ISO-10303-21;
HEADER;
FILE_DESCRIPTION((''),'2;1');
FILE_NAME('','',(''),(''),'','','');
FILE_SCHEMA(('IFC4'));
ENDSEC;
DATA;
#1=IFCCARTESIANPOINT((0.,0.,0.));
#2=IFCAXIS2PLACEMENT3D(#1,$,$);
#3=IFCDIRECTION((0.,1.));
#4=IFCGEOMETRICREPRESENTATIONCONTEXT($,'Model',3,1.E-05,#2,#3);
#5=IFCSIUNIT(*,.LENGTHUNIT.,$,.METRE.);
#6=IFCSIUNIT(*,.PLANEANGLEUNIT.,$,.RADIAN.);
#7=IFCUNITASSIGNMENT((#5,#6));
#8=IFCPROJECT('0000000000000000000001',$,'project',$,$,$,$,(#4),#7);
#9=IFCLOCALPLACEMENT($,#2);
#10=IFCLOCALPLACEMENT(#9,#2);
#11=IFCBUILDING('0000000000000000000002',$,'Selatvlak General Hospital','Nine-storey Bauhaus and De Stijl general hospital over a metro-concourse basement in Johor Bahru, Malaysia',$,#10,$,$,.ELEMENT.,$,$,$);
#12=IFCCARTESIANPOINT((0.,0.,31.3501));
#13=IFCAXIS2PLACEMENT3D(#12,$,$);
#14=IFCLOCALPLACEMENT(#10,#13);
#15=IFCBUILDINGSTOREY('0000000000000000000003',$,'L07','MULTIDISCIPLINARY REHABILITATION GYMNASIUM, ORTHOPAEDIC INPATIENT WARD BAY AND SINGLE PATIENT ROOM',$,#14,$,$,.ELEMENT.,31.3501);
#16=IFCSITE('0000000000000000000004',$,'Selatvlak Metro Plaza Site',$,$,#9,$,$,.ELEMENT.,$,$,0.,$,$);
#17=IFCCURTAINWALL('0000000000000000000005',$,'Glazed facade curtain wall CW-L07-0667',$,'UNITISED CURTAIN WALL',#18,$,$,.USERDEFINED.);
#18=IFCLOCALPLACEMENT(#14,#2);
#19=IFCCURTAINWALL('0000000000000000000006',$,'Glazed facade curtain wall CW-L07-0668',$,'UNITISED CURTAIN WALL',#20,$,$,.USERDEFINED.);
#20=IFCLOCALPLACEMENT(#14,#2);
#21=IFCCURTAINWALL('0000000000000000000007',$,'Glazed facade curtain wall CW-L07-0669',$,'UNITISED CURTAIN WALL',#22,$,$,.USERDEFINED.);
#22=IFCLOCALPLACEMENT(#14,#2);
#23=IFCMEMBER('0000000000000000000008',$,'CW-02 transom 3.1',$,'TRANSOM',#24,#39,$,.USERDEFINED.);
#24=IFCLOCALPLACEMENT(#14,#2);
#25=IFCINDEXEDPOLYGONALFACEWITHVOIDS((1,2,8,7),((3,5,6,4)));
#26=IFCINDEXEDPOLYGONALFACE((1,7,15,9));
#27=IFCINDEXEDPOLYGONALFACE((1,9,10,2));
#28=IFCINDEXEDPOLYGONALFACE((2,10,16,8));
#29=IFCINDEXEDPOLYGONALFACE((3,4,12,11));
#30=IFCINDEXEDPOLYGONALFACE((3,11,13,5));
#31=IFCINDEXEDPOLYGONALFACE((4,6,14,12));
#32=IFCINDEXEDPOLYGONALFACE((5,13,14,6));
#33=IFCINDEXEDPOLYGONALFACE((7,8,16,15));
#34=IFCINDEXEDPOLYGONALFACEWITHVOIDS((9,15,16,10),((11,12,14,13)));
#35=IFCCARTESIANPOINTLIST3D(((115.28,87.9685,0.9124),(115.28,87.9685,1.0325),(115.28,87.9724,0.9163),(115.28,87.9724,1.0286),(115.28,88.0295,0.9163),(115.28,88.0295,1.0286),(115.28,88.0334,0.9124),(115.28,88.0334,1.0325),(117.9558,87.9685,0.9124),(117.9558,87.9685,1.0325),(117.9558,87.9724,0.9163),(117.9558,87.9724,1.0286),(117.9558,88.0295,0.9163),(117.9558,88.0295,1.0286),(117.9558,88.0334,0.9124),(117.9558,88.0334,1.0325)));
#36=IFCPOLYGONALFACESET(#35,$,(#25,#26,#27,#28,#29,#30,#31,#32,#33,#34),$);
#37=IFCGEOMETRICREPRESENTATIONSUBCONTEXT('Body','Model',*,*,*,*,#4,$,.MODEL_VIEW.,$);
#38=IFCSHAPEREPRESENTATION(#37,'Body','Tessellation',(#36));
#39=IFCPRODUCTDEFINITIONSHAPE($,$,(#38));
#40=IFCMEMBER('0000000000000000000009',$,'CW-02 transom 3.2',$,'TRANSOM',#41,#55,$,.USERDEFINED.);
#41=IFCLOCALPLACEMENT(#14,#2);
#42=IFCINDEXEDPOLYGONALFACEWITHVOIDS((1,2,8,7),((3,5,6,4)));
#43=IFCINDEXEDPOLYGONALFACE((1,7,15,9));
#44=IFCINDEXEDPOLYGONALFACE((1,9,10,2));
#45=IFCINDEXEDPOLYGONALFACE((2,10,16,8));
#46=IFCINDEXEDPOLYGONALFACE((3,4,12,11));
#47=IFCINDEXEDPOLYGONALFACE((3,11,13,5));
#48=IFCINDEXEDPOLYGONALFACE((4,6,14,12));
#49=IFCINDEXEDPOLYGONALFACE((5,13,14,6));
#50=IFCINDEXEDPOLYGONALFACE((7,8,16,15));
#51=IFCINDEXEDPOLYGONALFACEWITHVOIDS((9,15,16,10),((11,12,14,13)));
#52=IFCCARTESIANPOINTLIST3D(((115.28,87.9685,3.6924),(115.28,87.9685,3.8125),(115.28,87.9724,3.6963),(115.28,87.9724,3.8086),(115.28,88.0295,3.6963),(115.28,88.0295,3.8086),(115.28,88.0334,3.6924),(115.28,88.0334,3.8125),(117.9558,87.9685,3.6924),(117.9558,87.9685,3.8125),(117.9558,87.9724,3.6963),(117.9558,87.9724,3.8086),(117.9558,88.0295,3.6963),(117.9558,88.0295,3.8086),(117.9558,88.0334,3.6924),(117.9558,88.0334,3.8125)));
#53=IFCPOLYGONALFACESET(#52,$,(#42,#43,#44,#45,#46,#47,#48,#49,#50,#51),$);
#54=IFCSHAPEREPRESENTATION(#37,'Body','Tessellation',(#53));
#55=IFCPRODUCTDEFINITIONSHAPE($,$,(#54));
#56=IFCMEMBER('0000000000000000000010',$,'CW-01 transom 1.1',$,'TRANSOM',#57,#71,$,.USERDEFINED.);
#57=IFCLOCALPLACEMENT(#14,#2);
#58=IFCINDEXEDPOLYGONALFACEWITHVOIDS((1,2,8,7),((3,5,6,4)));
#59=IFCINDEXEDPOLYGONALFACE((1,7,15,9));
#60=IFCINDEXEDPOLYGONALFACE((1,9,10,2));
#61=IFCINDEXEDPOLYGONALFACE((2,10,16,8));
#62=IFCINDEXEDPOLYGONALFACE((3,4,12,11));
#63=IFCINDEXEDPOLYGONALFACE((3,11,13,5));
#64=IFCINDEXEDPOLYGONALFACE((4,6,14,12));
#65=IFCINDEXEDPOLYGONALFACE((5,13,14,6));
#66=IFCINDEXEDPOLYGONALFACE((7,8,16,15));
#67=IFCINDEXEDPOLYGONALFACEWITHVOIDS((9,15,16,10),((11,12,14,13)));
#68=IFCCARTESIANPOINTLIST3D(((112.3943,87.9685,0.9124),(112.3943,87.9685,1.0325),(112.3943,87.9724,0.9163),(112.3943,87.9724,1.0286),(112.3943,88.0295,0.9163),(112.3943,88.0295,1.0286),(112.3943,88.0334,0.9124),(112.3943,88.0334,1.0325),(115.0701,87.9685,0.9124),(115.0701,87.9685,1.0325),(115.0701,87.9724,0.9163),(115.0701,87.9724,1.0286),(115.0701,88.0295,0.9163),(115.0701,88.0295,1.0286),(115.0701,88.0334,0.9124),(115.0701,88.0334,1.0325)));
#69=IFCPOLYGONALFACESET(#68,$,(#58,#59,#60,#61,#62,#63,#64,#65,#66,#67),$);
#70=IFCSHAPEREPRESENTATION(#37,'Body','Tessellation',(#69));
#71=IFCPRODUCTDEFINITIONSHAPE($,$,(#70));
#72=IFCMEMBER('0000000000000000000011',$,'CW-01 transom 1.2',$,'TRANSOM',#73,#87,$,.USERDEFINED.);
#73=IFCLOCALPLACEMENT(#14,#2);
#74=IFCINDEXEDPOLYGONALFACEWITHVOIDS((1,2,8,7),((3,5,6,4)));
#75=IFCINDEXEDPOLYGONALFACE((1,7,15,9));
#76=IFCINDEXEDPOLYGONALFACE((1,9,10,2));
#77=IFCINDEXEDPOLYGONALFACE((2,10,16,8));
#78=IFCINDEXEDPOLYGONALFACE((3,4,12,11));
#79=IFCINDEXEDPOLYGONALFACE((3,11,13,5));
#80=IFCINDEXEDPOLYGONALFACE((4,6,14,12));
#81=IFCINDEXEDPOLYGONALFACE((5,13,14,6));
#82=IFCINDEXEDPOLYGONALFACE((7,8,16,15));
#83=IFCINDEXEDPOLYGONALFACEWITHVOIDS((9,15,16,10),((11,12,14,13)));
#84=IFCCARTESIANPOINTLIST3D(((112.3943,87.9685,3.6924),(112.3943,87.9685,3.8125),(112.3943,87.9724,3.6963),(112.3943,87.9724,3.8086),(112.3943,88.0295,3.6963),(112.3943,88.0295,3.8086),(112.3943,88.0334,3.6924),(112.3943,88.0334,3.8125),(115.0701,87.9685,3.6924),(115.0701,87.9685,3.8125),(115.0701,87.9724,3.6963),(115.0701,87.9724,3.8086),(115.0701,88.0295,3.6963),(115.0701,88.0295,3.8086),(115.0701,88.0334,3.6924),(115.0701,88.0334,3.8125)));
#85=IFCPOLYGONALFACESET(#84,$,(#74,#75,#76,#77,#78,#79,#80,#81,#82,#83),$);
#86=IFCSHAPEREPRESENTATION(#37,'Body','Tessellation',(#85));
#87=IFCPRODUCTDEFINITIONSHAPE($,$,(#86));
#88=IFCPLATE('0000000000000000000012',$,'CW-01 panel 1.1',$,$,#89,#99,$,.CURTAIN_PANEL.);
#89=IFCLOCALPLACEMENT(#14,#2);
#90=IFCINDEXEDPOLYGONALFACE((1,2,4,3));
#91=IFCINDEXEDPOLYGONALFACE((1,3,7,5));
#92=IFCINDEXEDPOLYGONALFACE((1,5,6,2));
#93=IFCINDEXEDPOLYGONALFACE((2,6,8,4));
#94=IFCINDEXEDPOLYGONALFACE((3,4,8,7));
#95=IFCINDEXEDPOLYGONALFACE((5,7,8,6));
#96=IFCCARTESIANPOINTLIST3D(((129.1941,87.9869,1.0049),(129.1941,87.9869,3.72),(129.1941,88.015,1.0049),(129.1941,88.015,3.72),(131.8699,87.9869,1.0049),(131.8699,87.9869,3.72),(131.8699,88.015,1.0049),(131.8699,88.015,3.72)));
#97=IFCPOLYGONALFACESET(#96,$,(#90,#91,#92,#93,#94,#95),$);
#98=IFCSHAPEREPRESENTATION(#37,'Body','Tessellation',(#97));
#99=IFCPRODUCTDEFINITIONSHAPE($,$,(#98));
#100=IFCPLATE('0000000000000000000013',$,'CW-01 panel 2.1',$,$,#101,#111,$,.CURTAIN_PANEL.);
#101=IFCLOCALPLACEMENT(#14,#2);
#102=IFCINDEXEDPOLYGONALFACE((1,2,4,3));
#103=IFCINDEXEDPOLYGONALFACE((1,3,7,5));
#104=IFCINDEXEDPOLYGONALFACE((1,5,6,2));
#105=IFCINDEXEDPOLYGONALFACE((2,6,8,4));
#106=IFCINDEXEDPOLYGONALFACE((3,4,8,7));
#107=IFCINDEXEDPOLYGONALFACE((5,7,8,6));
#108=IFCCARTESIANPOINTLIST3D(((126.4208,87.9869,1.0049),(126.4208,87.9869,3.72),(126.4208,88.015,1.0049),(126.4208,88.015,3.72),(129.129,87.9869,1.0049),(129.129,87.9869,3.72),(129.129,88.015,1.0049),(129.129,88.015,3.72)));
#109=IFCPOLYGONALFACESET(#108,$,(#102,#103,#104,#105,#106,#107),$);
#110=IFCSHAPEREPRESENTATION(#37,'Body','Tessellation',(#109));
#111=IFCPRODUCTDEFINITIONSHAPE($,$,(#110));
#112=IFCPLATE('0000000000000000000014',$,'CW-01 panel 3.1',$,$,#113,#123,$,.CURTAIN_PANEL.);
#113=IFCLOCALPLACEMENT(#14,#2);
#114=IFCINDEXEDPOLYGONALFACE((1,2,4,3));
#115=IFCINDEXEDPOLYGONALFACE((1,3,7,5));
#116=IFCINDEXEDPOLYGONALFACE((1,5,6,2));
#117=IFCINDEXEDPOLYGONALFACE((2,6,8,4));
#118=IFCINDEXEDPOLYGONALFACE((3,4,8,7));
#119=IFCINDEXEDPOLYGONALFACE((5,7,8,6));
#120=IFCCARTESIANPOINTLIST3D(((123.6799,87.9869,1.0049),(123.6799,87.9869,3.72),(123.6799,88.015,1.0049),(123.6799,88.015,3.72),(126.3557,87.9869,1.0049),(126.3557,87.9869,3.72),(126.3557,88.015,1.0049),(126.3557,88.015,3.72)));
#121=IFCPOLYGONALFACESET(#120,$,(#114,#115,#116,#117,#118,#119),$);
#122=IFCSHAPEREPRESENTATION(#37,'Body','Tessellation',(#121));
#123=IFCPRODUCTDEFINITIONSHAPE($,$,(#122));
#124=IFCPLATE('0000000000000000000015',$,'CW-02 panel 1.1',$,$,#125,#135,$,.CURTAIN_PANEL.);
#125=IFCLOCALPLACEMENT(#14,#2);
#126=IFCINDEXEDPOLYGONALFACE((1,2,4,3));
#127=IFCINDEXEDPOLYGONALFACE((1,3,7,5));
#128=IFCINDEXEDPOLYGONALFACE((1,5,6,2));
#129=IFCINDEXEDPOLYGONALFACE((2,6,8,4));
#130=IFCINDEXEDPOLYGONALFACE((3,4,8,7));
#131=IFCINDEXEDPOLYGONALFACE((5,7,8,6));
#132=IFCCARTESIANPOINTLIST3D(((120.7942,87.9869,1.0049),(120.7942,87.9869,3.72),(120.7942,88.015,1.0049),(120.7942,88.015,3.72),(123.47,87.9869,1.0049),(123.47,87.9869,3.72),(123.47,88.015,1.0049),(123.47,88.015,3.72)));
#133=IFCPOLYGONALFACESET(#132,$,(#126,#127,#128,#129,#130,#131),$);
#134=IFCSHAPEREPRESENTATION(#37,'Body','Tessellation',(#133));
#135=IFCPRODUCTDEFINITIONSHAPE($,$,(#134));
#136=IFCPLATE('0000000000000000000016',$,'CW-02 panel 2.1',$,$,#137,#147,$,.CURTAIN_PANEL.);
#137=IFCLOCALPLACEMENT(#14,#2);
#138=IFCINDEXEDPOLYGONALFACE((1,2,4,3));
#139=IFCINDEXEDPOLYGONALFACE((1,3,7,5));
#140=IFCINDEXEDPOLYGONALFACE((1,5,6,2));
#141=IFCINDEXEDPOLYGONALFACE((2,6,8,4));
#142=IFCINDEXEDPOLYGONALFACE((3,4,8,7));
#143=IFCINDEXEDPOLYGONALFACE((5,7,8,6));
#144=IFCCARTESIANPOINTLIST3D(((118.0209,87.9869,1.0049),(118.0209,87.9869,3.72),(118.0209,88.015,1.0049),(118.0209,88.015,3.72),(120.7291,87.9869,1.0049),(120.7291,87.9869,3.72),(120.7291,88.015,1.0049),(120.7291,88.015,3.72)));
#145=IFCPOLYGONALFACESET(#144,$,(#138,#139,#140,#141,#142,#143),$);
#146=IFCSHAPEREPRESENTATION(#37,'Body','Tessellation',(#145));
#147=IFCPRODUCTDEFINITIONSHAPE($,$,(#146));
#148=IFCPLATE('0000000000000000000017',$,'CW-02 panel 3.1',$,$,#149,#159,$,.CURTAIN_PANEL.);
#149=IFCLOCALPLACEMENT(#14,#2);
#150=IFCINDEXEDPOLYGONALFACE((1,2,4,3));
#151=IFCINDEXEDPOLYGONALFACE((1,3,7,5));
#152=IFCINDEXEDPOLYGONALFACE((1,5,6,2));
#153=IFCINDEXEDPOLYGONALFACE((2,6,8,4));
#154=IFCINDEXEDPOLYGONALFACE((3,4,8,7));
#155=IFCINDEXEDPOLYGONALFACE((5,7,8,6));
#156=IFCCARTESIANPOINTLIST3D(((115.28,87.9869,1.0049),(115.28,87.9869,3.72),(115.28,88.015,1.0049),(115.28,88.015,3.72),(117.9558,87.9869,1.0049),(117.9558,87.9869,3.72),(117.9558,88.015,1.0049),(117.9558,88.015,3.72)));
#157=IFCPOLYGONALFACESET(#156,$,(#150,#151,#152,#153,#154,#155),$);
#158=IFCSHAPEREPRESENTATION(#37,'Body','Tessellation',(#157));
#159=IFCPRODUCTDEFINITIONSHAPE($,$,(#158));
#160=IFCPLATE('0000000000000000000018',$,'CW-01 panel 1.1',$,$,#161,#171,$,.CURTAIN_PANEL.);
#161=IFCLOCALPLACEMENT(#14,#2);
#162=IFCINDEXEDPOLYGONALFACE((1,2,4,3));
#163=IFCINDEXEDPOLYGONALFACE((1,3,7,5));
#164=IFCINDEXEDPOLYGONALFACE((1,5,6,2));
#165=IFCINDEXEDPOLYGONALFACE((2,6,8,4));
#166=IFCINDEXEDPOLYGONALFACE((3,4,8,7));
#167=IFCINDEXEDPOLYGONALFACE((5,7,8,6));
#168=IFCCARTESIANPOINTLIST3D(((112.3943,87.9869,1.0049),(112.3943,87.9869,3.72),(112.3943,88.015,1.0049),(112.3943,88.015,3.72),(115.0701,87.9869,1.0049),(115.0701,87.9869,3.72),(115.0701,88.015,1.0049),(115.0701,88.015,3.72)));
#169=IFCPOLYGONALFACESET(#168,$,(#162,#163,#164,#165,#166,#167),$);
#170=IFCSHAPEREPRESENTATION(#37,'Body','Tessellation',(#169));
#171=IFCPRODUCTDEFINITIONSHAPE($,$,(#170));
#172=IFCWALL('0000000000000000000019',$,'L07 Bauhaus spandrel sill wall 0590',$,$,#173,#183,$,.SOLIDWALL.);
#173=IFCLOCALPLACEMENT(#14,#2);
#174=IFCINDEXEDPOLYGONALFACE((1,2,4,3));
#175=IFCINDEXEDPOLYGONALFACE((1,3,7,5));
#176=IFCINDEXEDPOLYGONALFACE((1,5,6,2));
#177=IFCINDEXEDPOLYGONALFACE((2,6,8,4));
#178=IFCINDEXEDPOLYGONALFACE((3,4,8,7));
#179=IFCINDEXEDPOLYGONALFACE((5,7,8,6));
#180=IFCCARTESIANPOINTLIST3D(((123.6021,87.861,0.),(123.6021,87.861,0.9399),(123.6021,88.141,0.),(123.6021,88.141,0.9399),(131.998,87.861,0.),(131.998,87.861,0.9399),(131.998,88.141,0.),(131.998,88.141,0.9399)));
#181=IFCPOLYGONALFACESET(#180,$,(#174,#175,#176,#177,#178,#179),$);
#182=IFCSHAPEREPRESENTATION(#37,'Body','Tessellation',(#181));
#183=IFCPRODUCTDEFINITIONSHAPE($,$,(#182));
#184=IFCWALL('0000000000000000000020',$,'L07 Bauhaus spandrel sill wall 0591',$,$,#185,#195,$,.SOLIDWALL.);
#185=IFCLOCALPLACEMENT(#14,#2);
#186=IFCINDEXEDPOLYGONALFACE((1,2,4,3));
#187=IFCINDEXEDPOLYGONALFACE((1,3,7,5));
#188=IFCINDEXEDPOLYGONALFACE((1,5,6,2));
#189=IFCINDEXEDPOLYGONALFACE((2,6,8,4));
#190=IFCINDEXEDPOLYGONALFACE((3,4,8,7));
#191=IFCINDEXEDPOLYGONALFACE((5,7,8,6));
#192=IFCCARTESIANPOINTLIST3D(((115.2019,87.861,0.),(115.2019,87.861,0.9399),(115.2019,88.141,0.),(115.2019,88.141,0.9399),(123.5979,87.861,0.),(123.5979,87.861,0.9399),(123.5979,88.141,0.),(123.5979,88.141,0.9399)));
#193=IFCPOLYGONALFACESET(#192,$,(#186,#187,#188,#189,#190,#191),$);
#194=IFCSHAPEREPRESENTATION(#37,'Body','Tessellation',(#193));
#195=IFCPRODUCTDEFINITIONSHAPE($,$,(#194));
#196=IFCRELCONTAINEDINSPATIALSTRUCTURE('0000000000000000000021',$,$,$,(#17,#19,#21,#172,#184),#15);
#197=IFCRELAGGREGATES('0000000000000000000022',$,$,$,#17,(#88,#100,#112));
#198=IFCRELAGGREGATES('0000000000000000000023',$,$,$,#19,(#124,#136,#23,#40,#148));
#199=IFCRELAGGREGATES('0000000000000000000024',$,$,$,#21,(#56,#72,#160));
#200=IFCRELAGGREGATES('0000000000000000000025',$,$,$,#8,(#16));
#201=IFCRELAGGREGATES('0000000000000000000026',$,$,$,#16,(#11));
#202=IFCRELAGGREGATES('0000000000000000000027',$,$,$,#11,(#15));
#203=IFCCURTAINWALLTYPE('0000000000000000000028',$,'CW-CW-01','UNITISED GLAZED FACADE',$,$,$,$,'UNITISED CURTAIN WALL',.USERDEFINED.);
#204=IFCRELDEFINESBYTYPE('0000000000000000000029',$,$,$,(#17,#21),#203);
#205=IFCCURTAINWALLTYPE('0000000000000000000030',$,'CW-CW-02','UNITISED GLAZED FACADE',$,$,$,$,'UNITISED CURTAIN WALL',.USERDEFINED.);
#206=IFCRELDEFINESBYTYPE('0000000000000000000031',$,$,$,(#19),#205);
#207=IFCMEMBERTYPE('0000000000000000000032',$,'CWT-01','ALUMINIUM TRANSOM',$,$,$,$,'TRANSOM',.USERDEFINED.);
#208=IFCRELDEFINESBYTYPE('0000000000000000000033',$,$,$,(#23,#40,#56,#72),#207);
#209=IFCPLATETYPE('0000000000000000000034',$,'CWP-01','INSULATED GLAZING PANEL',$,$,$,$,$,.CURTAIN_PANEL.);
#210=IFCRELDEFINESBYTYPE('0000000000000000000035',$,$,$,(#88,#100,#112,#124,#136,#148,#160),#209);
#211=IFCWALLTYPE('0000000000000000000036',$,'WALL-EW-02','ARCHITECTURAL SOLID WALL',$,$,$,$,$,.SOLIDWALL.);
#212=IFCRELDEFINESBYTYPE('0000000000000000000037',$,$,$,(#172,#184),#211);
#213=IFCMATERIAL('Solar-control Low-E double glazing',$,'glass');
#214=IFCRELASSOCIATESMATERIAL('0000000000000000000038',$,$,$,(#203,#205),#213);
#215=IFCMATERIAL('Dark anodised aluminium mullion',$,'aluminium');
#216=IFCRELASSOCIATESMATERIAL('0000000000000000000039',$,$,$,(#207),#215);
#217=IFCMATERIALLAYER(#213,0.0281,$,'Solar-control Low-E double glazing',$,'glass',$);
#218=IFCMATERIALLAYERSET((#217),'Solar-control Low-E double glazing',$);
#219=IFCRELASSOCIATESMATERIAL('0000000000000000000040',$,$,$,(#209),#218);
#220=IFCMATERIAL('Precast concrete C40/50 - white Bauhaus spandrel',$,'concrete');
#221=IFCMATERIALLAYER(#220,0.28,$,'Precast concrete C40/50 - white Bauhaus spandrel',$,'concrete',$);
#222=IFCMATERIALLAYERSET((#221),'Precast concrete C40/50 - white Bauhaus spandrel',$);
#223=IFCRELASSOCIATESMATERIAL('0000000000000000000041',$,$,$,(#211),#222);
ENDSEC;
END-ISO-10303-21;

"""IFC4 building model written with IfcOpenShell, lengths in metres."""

from ifc_helpers import new_model, si_unit, direction, frame, frame_2d, origin, origin_2d, place, context, subcontext, project, spatial, rectangle, hollow_rectangle, extrude, material, layer, layer_set, material_profile, profile_set, type_object, element, aggregate, save


model = new_model("IFC4")

# Units and contexts
model_context = context("Model", 3, precision=1e-05, world=origin(), true_north=direction((0.0, 1.0)))
body_context = subcontext(model_context, "Body", "Model", "MODEL_VIEW")
ifc_project = project(units=[si_unit("LENGTHUNIT", "METRE"), si_unit("PLANEANGLEUNIT", "RADIAN")], contexts=[model_context])

# Site, building, storey
site_placement = place(None, origin())
site = spatial("IfcSite", under=ifc_project, at=site_placement, Name="Selatvlak Metro Plaza Site", CompositionType="ELEMENT", RefElevation=0.0)
building_placement = place(site_placement, origin())
building = spatial("IfcBuilding", under=site, at=building_placement, Name="Selatvlak General Hospital", Description="Nine-storey Bauhaus and De Stijl general hospital over a metro-concourse basement in Johor Bahru, Malaysia", CompositionType="ELEMENT")
storey_placement = place(building_placement, frame((0.0, 0.0, 31.3501)))
storey = spatial("IfcBuildingStorey", under=building, at=storey_placement, Name="L07", Description="MULTIDISCIPLINARY REHABILITATION GYMNASIUM, ORTHOPAEDIC INPATIENT WARD BAY AND SINGLE PATIENT ROOM", CompositionType="ELEMENT", Elevation=31.3501)

# Curtain walls
ifc_material_1 = material(Name="Solar-control Low-E double glazing", Category="glass")
curtain_wall_type_1 = type_object("IfcCurtainWallType", Name="CW-CW-01", Description="UNITISED GLAZED FACADE", ElementType="UNITISED CURTAIN WALL", PredefinedType="USERDEFINED", material=ifc_material_1)
curtain_wall_1_placement = place(storey_placement, origin())
curtain_wall_1 = element("IfcCurtainWall", 1, at=curtain_wall_1_placement, inside=storey, type_object=curtain_wall_type_1, Name="Glazed facade curtain wall CW-L07-0667", ObjectType="UNITISED CURTAIN WALL", PredefinedType="USERDEFINED")
ifc_material_2 = material(Name="Dark anodised aluminium mullion", Category="aluminium")
curtain_wall_type_2 = type_object("IfcCurtainWallType", Name="CW-CW-02", Description="UNITISED GLAZED FACADE", ElementType="UNITISED CURTAIN WALL", PredefinedType="USERDEFINED", material=ifc_material_1)
curtain_wall_2_placement = place(storey_placement, origin())
curtain_wall_2 = element("IfcCurtainWall", 2, at=curtain_wall_2_placement, inside=storey, type_object=curtain_wall_type_2, Name="Glazed facade curtain wall CW-L07-0668", ObjectType="UNITISED CURTAIN WALL", PredefinedType="USERDEFINED")

# Curtain wall
curtain_wall_3_placement = place(storey_placement, origin())
curtain_wall_3 = element("IfcCurtainWall", 3, at=curtain_wall_3_placement, inside=storey, type_object=curtain_wall_type_1, Name="Glazed facade curtain wall CW-L07-0669", ObjectType="UNITISED CURTAIN WALL", PredefinedType="USERDEFINED")

# Members
ifc_material_profile_1 = material_profile(ifc_material_2, hollow_rectangle(XDim=0.0649, YDim=0.1201, WallThickness=0.0039, at=origin_2d()), Name="AL-TRN 65x120x4")
ifc_profile_set_1 = profile_set([ifc_material_profile_1], Name="Dark anodised aluminium mullion")
member_type_1 = type_object("IfcMemberType", Name="CWT-01", Description="ALUMINIUM TRANSOM", ElementType="TRANSOM", PredefinedType="USERDEFINED", material=ifc_profile_set_1)
member_1_placement = place(storey_placement, frame((117.9558, 88.001, 0.9724), z_axis=(-1.0, 0.0, 0.0), x_axis=(0.0, -1.0, 0.0)))
member_1 = element("IfcMember", 4, at=member_1_placement, type_object=member_type_1, Name="CW-02 transom 3.1", ObjectType="TRANSOM", PredefinedType="USERDEFINED", context=body_context, shape_type="SweptSolid", body=[
    extrude(hollow_rectangle(XDim=0.0649, YDim=0.1201, WallThickness=0.0039, at=origin_2d()), origin(), (0.0, 0.0, 1.0), 2.6758),
])
member_2_placement = place(storey_placement, frame((117.9558, 88.001, 3.7524), z_axis=(-1.0, 0.0, 0.0), x_axis=(0.0, -1.0, 0.0)))
member_2 = element("IfcMember", 5, at=member_2_placement, type_object=member_type_1, Name="CW-02 transom 3.2", ObjectType="TRANSOM", PredefinedType="USERDEFINED", context=body_context, shape_type="SweptSolid", body=[
    extrude(hollow_rectangle(XDim=0.0649, YDim=0.1201, WallThickness=0.0039, at=origin_2d()), origin(), (0.0, 0.0, 1.0), 2.6758),
])
member_3_placement = place(storey_placement, frame((115.0701, 88.001, 0.9724), z_axis=(-1.0, 0.0, 0.0), x_axis=(0.0, -1.0, 0.0)))
member_3 = element("IfcMember", 6, at=member_3_placement, type_object=member_type_1, Name="CW-01 transom 1.1", ObjectType="TRANSOM", PredefinedType="USERDEFINED", context=body_context, shape_type="SweptSolid", body=[
    extrude(hollow_rectangle(XDim=0.0649, YDim=0.1201, WallThickness=0.0039, at=origin_2d()), origin(), (0.0, 0.0, 1.0), 2.6758),
])
member_4_placement = place(storey_placement, frame((115.0701, 88.001, 3.7524), z_axis=(-1.0, 0.0, 0.0), x_axis=(0.0, -1.0, 0.0)))
member_4 = element("IfcMember", 7, at=member_4_placement, type_object=member_type_1, Name="CW-01 transom 1.2", ObjectType="TRANSOM", PredefinedType="USERDEFINED", context=body_context, shape_type="SweptSolid", body=[
    extrude(hollow_rectangle(XDim=0.0649, YDim=0.1201, WallThickness=0.0039, at=origin_2d()), origin(), (0.0, 0.0, 1.0), 2.6758),
])

# Plates
ifc_layer_1 = layer(ifc_material_1, 0.0281, Name="Solar-control Low-E double glazing", Category="glass")
ifc_layer_set_1 = layer_set([ifc_layer_1], Name="Solar-control Low-E double glazing")
plate_type = type_object("IfcPlateType", Name="CWP-01", Description="INSULATED GLAZING PANEL", PredefinedType="CURTAIN_PANEL", material=ifc_layer_set_1)
plate_1_placement = place(storey_placement, frame((130.532, 88.001, 1.0049), z_axis=(0.0, 0.0, 1.0), x_axis=(-1.0, 0.0, 0.0)))
plate_1 = element("IfcPlate", 8, at=plate_1_placement, type_object=plate_type, Name="CW-01 panel 1.1", PredefinedType="CURTAIN_PANEL", context=body_context, shape_type="SweptSolid", body=[
    extrude(rectangle(XDim=2.6758, YDim=0.0281, at=origin_2d()), origin(), (0.0, 0.0, 1.0), 2.7151),
])
plate_2_placement = place(storey_placement, frame((127.7749, 88.001, 1.0049), z_axis=(0.0, 0.0, 1.0), x_axis=(-1.0, 0.0, 0.0)))
plate_2 = element("IfcPlate", 9, at=plate_2_placement, type_object=plate_type, Name="CW-01 panel 2.1", PredefinedType="CURTAIN_PANEL", context=body_context, shape_type="SweptSolid", body=[
    extrude(rectangle(XDim=2.7083, YDim=0.0281, at=origin_2d()), origin(), (0.0, 0.0, 1.0), 2.7151),
])
plate_3_placement = place(storey_placement, frame((125.0178, 88.001, 1.0049), z_axis=(0.0, 0.0, 1.0), x_axis=(-1.0, 0.0, 0.0)))
plate_3 = element("IfcPlate", 10, at=plate_3_placement, type_object=plate_type, Name="CW-01 panel 3.1", PredefinedType="CURTAIN_PANEL", context=body_context, shape_type="SweptSolid", body=[
    extrude(rectangle(XDim=2.6758, YDim=0.0281, at=origin_2d()), origin(), (0.0, 0.0, 1.0), 2.7151),
])
aggregate(curtain_wall_1, [plate_1, plate_2, plate_3])
plate_4_placement = place(storey_placement, frame((122.1321, 88.001, 1.0049), z_axis=(0.0, 0.0, 1.0), x_axis=(-1.0, 0.0, 0.0)))
plate_4 = element("IfcPlate", 11, at=plate_4_placement, type_object=plate_type, Name="CW-02 panel 1.1", PredefinedType="CURTAIN_PANEL", context=body_context, shape_type="SweptSolid", body=[
    extrude(rectangle(XDim=2.6758, YDim=0.0281, at=origin_2d()), origin(), (0.0, 0.0, 1.0), 2.7151),
])
plate_5_placement = place(storey_placement, frame((119.375, 88.001, 1.0049), z_axis=(0.0, 0.0, 1.0), x_axis=(-1.0, 0.0, 0.0)))
plate_5 = element("IfcPlate", 12, at=plate_5_placement, type_object=plate_type, Name="CW-02 panel 2.1", PredefinedType="CURTAIN_PANEL", context=body_context, shape_type="SweptSolid", body=[
    extrude(rectangle(XDim=2.7083, YDim=0.0281, at=origin_2d()), origin(), (0.0, 0.0, 1.0), 2.7151),
])
plate_6_placement = place(storey_placement, frame((116.6179, 88.001, 1.0049), z_axis=(0.0, 0.0, 1.0), x_axis=(-1.0, 0.0, 0.0)))
plate_6 = element("IfcPlate", 13, at=plate_6_placement, type_object=plate_type, Name="CW-02 panel 3.1", PredefinedType="CURTAIN_PANEL", context=body_context, shape_type="SweptSolid", body=[
    extrude(rectangle(XDim=2.6758, YDim=0.0281, at=origin_2d()), origin(), (0.0, 0.0, 1.0), 2.7151),
])
aggregate(curtain_wall_2, [plate_4, plate_5, member_1, member_2, plate_6])
plate_7_placement = place(storey_placement, frame((113.7322, 88.001, 1.0049), z_axis=(0.0, 0.0, 1.0), x_axis=(-1.0, 0.0, 0.0)))
plate_7 = element("IfcPlate", 14, at=plate_7_placement, type_object=plate_type, Name="CW-01 panel 1.1", PredefinedType="CURTAIN_PANEL", context=body_context, shape_type="SweptSolid", body=[
    extrude(rectangle(XDim=2.6758, YDim=0.0281, at=origin_2d()), origin(), (0.0, 0.0, 1.0), 2.7151),
])
aggregate(curtain_wall_3, [member_3, member_4, plate_7])

# Walls
ifc_material_3 = material(Name="Precast concrete C40/50 - white Bauhaus spandrel", Category="concrete")
ifc_layer_2 = layer(ifc_material_3, 0.28, Name="Precast concrete C40/50 - white Bauhaus spandrel", Category="concrete")
ifc_layer_set_2 = layer_set([ifc_layer_2], Name="Precast concrete C40/50 - white Bauhaus spandrel")
wall_type = type_object("IfcWallType", Name="WALL-EW-02", Description="ARCHITECTURAL SOLID WALL", PredefinedType="SOLIDWALL", material=ifc_layer_set_2)
for number, where, z_axis, x_axis, name in (
    (15, (131.998, 88.001, 0.0), (0.0, 0.0, 1.0), (-1.0, 0.0, 0.0), "L07 Bauhaus spandrel sill wall 0590"),
    (16, (123.5979, 88.001, 0.0), (0.0, 0.0, 1.0), (-1.0, 0.0, 0.0), "L07 Bauhaus spandrel sill wall 0591"),
):
    element("IfcWall", number, at=place(storey_placement, frame(where, z_axis=z_axis, x_axis=x_axis)), inside=storey, type_object=wall_type, Name=name, PredefinedType="SOLIDWALL", context=body_context, shape_type="SweptSolid", body=[
        extrude(rectangle(XDim=8.396, YDim=0.28, at=frame_2d((4.198, 0.0))), origin(), (0.0, 0.0, 1.0), 0.9399),
    ])

save(model, "model.ifc")
